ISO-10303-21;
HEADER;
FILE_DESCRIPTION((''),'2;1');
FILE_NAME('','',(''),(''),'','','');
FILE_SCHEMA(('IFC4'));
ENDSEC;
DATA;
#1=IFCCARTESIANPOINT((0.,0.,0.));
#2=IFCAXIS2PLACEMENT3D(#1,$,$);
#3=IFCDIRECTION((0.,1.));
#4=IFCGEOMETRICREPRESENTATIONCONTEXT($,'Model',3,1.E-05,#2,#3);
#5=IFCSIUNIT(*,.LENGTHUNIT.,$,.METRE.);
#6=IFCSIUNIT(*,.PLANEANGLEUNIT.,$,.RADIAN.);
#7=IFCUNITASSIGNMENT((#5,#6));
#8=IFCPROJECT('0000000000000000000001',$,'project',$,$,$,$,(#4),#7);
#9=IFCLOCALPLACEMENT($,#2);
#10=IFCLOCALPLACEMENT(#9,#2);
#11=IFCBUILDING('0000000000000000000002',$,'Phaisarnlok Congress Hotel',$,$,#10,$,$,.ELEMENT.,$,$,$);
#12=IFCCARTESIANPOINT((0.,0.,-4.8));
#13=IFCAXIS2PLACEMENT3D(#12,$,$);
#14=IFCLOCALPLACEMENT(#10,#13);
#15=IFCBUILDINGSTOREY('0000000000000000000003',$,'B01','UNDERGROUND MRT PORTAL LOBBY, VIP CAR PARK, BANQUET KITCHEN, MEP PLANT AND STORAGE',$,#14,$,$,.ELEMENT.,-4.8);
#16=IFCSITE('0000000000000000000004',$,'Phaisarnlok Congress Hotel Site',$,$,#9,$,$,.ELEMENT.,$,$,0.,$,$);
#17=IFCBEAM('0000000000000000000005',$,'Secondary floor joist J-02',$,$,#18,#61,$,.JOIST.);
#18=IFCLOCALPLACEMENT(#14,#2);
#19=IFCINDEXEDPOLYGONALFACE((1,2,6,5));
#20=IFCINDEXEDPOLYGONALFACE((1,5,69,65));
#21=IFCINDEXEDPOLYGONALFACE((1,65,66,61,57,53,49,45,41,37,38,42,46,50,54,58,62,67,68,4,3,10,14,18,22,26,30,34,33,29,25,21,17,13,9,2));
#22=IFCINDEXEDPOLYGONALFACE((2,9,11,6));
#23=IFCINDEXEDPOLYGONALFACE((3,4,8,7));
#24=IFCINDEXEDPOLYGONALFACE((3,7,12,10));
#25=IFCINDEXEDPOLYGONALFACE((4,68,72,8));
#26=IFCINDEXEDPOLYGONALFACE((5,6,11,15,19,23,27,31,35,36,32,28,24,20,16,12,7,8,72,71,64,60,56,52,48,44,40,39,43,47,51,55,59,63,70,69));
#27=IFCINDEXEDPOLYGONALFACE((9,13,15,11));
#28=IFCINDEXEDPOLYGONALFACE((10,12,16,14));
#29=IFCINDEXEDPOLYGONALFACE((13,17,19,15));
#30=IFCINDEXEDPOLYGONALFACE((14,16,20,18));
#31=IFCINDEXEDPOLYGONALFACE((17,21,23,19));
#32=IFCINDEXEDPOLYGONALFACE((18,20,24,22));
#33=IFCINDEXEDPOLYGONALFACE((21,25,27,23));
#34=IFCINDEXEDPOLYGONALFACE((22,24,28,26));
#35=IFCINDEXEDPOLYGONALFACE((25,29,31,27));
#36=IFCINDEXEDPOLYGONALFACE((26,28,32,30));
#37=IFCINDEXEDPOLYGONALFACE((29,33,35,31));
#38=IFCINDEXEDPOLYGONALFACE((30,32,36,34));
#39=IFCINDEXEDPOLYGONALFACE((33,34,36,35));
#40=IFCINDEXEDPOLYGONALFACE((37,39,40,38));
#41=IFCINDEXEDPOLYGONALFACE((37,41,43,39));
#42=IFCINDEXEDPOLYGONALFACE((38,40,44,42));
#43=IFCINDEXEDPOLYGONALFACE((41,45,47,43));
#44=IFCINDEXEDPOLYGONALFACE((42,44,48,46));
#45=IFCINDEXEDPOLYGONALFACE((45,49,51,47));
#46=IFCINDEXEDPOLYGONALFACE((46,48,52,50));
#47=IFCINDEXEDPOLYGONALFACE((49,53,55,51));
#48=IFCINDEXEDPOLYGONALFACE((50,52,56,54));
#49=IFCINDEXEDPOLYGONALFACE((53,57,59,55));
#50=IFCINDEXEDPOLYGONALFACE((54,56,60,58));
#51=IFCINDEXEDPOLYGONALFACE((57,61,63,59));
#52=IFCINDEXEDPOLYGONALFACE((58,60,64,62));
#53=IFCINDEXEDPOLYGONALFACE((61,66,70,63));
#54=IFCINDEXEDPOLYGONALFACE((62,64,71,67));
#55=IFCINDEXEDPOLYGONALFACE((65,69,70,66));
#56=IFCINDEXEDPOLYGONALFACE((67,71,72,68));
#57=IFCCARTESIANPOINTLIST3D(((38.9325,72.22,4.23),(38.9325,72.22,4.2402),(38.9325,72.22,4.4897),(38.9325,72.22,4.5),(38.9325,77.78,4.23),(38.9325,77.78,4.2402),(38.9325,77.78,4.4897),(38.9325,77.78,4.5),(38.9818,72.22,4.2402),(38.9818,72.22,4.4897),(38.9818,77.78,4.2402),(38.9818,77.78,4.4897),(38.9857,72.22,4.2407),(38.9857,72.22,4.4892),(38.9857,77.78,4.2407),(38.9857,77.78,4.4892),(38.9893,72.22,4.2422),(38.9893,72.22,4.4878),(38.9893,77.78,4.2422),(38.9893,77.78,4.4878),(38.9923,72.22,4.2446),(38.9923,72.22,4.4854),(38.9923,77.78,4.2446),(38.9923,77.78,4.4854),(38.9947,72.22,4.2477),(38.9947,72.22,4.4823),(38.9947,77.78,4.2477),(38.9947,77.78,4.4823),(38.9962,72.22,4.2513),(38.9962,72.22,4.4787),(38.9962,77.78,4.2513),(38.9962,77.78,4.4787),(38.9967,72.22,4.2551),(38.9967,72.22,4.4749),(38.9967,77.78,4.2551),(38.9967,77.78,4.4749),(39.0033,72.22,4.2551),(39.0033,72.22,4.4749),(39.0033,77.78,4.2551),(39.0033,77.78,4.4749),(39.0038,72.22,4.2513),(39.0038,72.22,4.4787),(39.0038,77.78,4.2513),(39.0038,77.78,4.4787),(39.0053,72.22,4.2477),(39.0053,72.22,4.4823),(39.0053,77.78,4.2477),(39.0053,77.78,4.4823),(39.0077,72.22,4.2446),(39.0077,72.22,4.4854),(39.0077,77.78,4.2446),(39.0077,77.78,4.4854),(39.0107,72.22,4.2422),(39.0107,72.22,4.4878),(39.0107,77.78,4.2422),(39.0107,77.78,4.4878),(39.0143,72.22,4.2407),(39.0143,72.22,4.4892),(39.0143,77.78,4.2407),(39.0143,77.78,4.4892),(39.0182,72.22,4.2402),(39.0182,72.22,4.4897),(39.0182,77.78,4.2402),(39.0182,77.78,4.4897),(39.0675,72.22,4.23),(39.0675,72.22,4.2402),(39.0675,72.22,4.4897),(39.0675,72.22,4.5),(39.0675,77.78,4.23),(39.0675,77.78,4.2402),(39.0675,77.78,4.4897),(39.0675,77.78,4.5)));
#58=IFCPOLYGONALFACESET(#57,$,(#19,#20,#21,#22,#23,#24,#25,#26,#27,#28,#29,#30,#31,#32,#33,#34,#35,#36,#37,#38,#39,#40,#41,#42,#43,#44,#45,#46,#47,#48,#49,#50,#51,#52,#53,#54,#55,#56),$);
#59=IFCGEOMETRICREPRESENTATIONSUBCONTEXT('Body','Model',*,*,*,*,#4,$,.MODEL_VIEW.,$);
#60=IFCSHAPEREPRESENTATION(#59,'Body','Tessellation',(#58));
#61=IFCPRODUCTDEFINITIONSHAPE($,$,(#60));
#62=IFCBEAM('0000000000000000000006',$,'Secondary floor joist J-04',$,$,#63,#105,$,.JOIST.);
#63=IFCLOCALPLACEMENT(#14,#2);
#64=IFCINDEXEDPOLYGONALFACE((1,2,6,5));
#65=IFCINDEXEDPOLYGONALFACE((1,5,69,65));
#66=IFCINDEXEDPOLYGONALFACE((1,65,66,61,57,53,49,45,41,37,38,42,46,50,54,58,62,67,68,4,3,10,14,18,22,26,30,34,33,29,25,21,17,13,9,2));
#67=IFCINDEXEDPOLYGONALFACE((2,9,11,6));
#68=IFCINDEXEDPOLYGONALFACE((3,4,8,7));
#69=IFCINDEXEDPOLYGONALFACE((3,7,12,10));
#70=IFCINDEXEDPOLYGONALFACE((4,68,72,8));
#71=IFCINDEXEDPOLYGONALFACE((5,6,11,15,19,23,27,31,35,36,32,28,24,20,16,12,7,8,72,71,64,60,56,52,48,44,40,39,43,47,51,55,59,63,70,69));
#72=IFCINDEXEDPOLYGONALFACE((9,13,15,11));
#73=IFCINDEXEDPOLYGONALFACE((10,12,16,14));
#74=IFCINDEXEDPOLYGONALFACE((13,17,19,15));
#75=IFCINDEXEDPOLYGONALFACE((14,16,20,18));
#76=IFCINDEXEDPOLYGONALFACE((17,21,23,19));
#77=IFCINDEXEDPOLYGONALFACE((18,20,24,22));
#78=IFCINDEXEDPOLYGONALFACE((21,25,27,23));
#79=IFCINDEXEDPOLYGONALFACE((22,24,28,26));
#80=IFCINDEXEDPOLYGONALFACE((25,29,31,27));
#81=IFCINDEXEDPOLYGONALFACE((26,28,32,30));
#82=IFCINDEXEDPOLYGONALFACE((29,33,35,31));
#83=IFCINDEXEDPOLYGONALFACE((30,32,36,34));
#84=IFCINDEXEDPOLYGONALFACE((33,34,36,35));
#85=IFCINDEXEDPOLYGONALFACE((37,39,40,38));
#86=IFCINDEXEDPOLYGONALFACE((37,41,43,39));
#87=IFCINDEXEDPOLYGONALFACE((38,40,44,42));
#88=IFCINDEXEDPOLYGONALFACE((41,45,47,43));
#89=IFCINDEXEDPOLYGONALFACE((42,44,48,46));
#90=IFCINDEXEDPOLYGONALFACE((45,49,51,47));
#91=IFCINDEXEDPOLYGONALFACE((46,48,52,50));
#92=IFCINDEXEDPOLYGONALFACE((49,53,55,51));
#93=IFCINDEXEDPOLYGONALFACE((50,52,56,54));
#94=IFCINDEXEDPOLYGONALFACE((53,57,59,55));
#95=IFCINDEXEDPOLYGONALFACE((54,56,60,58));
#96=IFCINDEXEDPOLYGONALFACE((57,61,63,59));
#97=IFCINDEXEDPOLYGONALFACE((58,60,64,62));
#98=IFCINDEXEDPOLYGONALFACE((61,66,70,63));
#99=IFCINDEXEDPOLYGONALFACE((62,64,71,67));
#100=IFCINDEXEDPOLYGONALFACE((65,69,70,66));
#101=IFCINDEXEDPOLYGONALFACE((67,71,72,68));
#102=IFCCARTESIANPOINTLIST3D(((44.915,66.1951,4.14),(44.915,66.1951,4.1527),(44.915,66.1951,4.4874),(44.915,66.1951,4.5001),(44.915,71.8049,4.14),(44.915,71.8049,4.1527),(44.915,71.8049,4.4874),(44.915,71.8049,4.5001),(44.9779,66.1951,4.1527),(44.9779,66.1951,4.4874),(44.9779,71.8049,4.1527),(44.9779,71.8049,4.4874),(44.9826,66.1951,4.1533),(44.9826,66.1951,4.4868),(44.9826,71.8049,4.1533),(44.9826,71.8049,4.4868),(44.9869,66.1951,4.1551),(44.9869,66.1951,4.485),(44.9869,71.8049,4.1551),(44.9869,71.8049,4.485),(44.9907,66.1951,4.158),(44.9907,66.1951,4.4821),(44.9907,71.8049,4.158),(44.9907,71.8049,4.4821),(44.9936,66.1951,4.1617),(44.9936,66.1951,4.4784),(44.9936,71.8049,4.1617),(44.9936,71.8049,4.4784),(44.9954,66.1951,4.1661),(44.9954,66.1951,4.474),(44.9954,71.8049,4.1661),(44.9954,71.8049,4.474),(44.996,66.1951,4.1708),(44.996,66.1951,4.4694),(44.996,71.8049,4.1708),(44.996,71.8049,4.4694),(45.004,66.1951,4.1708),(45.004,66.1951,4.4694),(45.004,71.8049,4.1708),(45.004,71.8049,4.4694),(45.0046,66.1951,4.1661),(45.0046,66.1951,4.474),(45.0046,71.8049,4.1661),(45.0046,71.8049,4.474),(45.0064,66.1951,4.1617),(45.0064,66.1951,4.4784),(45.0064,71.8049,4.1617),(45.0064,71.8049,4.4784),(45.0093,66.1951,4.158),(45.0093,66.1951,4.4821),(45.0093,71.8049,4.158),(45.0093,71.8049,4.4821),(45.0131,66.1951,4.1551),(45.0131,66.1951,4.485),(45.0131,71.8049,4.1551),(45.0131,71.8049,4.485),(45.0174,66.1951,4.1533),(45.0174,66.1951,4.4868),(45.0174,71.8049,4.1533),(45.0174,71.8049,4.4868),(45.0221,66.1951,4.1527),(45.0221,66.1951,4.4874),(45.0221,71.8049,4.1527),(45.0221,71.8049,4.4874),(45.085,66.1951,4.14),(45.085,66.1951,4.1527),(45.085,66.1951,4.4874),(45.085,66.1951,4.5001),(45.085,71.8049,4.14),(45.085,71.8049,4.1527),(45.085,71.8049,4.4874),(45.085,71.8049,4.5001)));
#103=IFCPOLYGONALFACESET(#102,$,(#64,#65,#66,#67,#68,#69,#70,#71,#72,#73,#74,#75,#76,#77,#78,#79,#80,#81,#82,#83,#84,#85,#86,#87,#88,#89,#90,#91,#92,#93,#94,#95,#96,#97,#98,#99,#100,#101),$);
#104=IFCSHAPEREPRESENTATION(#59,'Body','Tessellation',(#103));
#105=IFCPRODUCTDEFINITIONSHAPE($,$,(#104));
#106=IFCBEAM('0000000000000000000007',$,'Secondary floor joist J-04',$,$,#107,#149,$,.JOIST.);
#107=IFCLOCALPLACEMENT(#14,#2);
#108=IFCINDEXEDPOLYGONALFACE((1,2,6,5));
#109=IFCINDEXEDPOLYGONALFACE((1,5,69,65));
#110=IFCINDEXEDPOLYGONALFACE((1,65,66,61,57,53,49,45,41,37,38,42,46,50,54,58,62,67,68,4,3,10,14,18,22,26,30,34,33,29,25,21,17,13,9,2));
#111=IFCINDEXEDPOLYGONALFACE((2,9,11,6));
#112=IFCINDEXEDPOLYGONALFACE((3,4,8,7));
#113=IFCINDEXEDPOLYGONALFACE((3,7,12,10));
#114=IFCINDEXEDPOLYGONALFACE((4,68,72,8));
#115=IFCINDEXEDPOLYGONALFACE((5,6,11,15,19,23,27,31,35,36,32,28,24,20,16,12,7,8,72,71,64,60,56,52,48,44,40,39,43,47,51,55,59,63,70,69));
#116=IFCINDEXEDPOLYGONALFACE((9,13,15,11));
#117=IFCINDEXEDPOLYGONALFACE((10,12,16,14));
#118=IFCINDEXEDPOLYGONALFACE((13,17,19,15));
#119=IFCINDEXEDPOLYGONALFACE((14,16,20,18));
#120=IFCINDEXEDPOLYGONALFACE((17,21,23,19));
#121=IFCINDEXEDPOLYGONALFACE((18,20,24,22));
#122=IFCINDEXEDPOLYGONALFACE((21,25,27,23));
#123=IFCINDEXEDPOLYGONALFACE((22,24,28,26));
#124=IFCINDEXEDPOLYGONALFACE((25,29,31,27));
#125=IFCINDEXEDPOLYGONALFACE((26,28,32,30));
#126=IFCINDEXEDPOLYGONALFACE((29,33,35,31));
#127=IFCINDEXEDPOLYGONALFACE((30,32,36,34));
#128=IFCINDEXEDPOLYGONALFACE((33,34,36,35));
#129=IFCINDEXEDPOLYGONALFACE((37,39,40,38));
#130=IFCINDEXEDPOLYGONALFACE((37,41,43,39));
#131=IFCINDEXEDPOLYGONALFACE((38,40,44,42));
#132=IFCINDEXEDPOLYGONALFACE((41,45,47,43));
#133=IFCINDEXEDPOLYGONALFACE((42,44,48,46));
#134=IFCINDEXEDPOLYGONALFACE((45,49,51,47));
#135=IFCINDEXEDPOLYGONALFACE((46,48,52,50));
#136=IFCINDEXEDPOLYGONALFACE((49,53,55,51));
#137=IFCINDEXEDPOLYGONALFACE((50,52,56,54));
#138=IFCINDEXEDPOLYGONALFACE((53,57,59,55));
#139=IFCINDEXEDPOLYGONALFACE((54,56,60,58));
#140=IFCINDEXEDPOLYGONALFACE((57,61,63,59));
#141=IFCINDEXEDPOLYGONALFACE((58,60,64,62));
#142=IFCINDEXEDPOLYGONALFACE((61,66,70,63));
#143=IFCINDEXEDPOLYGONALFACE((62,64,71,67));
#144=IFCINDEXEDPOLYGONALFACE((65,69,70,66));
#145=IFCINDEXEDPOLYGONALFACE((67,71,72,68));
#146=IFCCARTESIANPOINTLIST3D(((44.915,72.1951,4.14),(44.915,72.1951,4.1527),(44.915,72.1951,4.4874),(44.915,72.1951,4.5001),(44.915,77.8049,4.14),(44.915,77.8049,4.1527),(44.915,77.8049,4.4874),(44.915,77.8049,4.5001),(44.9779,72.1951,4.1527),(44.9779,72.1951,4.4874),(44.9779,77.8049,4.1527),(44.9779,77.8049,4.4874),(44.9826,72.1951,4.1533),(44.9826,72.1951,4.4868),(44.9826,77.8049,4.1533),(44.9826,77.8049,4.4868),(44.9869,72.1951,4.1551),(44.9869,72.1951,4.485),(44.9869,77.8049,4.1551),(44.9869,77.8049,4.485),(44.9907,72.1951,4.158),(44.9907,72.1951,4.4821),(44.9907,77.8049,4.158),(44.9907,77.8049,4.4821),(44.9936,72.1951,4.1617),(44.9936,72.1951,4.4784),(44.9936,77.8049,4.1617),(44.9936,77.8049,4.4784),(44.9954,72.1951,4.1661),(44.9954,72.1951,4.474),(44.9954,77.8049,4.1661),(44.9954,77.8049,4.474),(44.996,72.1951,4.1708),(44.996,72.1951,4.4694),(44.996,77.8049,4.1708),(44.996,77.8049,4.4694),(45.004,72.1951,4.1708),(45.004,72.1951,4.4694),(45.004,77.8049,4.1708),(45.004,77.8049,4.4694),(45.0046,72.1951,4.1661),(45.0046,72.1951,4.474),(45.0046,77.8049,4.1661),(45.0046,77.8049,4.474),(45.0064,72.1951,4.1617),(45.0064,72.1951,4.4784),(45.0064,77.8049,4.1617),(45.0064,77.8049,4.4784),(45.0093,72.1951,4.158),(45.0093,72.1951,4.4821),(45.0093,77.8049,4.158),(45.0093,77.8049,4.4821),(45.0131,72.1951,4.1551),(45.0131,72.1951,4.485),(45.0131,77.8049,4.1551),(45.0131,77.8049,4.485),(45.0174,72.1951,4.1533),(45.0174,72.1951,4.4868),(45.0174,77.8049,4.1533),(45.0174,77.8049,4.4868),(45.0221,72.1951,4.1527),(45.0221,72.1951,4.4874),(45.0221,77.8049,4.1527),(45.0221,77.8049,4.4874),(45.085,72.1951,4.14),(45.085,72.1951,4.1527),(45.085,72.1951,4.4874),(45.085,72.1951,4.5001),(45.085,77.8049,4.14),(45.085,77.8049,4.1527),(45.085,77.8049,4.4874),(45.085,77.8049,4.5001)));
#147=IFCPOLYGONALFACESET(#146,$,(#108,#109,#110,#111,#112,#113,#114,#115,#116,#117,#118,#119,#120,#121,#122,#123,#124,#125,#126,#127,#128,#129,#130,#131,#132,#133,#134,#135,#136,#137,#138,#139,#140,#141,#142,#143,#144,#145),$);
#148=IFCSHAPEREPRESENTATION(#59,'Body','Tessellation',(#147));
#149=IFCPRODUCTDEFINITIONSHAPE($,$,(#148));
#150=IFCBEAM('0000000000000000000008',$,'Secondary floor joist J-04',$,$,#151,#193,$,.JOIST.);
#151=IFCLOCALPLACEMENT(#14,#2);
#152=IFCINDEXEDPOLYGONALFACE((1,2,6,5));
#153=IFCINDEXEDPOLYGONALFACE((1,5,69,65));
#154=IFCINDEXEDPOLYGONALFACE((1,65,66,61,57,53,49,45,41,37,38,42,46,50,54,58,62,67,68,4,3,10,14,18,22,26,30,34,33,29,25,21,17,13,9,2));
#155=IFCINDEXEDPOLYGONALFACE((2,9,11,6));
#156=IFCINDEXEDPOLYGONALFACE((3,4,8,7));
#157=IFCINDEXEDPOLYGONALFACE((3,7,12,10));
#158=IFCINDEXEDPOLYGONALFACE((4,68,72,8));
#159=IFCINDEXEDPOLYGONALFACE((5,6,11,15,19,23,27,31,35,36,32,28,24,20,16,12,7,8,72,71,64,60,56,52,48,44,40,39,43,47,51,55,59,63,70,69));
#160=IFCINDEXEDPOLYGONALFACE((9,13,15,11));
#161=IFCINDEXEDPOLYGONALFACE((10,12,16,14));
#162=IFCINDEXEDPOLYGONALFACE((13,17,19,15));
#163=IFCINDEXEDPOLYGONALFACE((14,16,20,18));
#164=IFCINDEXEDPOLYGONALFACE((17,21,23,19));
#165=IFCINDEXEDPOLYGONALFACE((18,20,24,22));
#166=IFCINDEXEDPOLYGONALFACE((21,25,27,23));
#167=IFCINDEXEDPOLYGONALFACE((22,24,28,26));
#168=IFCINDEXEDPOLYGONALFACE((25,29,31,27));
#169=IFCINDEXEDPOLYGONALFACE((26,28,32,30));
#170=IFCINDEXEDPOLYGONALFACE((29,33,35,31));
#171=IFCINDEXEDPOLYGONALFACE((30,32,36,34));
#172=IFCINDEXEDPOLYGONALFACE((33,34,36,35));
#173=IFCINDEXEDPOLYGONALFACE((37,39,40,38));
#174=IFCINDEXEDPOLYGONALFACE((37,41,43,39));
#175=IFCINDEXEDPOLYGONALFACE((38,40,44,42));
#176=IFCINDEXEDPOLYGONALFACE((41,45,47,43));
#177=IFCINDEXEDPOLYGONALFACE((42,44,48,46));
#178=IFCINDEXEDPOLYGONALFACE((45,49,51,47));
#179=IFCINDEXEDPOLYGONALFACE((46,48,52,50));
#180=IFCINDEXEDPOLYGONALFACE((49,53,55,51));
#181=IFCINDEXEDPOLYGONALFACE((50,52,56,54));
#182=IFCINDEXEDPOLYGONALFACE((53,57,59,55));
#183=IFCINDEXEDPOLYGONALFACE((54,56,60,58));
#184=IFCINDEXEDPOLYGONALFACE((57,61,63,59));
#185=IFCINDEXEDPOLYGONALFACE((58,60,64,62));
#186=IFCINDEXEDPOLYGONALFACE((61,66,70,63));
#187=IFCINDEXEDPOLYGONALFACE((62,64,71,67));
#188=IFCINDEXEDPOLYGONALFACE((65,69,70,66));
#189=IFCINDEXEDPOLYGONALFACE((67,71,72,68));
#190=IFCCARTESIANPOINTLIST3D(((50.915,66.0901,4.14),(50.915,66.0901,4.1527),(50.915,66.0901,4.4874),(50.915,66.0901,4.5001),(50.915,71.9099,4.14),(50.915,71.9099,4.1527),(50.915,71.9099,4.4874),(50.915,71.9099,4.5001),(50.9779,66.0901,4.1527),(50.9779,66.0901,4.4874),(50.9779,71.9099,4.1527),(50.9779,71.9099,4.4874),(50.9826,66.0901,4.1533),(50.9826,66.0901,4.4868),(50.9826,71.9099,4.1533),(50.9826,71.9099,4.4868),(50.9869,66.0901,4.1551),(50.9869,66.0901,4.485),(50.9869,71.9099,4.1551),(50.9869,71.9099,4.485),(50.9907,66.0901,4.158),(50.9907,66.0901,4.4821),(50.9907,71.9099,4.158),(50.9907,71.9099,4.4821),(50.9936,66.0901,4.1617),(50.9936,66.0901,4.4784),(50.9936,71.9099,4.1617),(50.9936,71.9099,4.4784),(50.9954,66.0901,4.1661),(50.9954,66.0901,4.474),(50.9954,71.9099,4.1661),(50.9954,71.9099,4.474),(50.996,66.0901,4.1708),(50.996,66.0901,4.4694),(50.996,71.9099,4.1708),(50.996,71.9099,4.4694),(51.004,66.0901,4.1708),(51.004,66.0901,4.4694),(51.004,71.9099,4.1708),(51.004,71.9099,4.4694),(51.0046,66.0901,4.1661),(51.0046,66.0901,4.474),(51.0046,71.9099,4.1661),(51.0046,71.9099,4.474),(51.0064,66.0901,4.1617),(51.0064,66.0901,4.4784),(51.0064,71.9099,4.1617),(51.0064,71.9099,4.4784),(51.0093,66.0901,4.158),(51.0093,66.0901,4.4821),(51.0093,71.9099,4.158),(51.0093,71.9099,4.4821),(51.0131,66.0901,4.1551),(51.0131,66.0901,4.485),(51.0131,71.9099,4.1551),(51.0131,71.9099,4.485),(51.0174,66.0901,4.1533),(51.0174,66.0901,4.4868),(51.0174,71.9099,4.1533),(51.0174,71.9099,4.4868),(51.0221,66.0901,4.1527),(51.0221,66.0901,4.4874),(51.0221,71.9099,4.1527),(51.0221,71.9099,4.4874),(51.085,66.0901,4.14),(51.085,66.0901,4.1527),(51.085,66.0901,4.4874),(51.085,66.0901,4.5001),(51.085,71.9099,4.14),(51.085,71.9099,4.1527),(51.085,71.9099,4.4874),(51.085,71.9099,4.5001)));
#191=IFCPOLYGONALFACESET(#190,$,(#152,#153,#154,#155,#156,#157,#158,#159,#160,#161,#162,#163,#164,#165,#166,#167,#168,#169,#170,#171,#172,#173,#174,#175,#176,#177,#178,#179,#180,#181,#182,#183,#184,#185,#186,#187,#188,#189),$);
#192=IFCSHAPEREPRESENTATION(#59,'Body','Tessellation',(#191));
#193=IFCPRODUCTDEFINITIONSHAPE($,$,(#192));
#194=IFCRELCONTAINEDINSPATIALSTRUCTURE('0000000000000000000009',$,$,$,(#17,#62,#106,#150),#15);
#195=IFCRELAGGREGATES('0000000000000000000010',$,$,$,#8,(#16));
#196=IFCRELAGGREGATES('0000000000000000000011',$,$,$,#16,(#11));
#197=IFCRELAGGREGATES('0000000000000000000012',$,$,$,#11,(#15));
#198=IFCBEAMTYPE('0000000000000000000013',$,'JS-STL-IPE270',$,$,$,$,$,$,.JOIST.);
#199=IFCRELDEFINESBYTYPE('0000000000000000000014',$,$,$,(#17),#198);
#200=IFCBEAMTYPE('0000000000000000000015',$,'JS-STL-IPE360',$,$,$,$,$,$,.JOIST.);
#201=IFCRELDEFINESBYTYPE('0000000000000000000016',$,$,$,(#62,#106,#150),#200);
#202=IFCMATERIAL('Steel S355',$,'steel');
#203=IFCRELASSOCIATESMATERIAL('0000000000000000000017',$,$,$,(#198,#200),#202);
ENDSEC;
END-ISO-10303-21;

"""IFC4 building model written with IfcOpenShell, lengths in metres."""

from ifc_helpers import new_model, si_unit, direction, frame, origin, origin_2d, place, context, subcontext, project, spatial, i_section, extrude, material, material_profile, profile_set, type_object, element, save


model = new_model("IFC4")

# Units and contexts
model_context = context("Model", 3, precision=1e-05, world=origin(), true_north=direction((0.0, 1.0)))
body_context = subcontext(model_context, "Body", "Model", "MODEL_VIEW")
ifc_project = project(units=[si_unit("LENGTHUNIT", "METRE"), si_unit("PLANEANGLEUNIT", "RADIAN")], contexts=[model_context])

# Site, building, storey
site_placement = place(None, origin())
site = spatial("IfcSite", under=ifc_project, at=site_placement, Name="Phaisarnlok Congress Hotel Site", CompositionType="ELEMENT", RefElevation=0.0)
building_placement = place(site_placement, origin())
building = spatial("IfcBuilding", under=site, at=building_placement, Name="Phaisarnlok Congress Hotel", CompositionType="ELEMENT")
storey_placement = place(building_placement, frame((0.0, 0.0, -4.8)))
storey = spatial("IfcBuildingStorey", under=building, at=storey_placement, Name="B01", Description="UNDERGROUND MRT PORTAL LOBBY, VIP CAR PARK, BANQUET KITCHEN, MEP PLANT AND STORAGE", CompositionType="ELEMENT", Elevation=-4.8)

# Beams
ifc_material_1 = material(Name="Steel S355", Category="steel")
ifc_material_profile_1 = material_profile(ifc_material_1, i_section(OverallWidth=0.135, OverallDepth=0.27, WebThickness=0.0066, FlangeThickness=0.0103, FilletRadius=0.0149, at=origin_2d()), Name="IPE 270")
ifc_profile_set_1 = profile_set([ifc_material_profile_1], Name="Steel S355")
beam_type_1 = type_object("IfcBeamType", Name="JS-STL-IPE270", PredefinedType="JOIST", material=ifc_profile_set_1)
for number, where, z_axis, x_axis, name in (
    (1, (39.0, 72.22, 4.365), (0.0, 1.0, 0.0), (-1.0, 0.0, 0.0), "Secondary floor joist J-02"),
):
    element("IfcBeam", number, at=place(storey_placement, frame(where, z_axis=z_axis, x_axis=x_axis)), inside=storey, type_object=beam_type_1, Name=name, PredefinedType="JOIST", context=body_context, shape_type="SweptSolid", body=[
        extrude(i_section(OverallWidth=0.135, OverallDepth=0.27, WebThickness=0.0066, FlangeThickness=0.0103, FilletRadius=0.0149, at=origin_2d()), origin(), (0.0, 0.0, 1.0), 5.5601),
    ])
ifc_material_profile_2 = material_profile(ifc_material_1, i_section(OverallWidth=0.1699, OverallDepth=0.3601, WebThickness=0.0081, FlangeThickness=0.0127, FilletRadius=0.0181, at=origin_2d()), Name="IPE 360")
ifc_profile_set_2 = profile_set([ifc_material_profile_2], Name="Steel S355")
beam_type_2 = type_object("IfcBeamType", Name="JS-STL-IPE360", PredefinedType="JOIST", material=ifc_profile_set_2)
for number, where, z_axis, x_axis, name in (
    (2, (45.0, 66.1951, 4.3201), (0.0, 1.0, 0.0), (-1.0, 0.0, 0.0), "Secondary floor joist J-04"),
    (3, (45.0, 72.1951, 4.3201), (0.0, 1.0, 0.0), (-1.0, 0.0, 0.0), "Secondary floor joist J-04"),
):
    element("IfcBeam", number, at=place(storey_placement, frame(where, z_axis=z_axis, x_axis=x_axis)), inside=storey, type_object=beam_type_2, Name=name, PredefinedType="JOIST", context=body_context, shape_type="SweptSolid", body=[
        extrude(i_section(OverallWidth=0.1699, OverallDepth=0.3601, WebThickness=0.0081, FlangeThickness=0.0127, FilletRadius=0.0181, at=origin_2d()), origin(), (0.0, 0.0, 1.0), 5.6099),
    ])
beam_1_placement = place(storey_placement, frame((51.0, 66.0901, 4.3201), z_axis=(0.0, 1.0, 0.0), x_axis=(-1.0, 0.0, 0.0)))
element("IfcBeam", 4, at=beam_1_placement, inside=storey, type_object=beam_type_2, Name="Secondary floor joist J-04", PredefinedType="JOIST", context=body_context, shape_type="SweptSolid", body=[
    extrude(i_section(OverallWidth=0.1699, OverallDepth=0.3601, WebThickness=0.0081, FlangeThickness=0.0127, FilletRadius=0.0181, at=origin_2d()), origin(), (0.0, 0.0, 1.0), 5.8198),
])

save(model, "model.ifc")
